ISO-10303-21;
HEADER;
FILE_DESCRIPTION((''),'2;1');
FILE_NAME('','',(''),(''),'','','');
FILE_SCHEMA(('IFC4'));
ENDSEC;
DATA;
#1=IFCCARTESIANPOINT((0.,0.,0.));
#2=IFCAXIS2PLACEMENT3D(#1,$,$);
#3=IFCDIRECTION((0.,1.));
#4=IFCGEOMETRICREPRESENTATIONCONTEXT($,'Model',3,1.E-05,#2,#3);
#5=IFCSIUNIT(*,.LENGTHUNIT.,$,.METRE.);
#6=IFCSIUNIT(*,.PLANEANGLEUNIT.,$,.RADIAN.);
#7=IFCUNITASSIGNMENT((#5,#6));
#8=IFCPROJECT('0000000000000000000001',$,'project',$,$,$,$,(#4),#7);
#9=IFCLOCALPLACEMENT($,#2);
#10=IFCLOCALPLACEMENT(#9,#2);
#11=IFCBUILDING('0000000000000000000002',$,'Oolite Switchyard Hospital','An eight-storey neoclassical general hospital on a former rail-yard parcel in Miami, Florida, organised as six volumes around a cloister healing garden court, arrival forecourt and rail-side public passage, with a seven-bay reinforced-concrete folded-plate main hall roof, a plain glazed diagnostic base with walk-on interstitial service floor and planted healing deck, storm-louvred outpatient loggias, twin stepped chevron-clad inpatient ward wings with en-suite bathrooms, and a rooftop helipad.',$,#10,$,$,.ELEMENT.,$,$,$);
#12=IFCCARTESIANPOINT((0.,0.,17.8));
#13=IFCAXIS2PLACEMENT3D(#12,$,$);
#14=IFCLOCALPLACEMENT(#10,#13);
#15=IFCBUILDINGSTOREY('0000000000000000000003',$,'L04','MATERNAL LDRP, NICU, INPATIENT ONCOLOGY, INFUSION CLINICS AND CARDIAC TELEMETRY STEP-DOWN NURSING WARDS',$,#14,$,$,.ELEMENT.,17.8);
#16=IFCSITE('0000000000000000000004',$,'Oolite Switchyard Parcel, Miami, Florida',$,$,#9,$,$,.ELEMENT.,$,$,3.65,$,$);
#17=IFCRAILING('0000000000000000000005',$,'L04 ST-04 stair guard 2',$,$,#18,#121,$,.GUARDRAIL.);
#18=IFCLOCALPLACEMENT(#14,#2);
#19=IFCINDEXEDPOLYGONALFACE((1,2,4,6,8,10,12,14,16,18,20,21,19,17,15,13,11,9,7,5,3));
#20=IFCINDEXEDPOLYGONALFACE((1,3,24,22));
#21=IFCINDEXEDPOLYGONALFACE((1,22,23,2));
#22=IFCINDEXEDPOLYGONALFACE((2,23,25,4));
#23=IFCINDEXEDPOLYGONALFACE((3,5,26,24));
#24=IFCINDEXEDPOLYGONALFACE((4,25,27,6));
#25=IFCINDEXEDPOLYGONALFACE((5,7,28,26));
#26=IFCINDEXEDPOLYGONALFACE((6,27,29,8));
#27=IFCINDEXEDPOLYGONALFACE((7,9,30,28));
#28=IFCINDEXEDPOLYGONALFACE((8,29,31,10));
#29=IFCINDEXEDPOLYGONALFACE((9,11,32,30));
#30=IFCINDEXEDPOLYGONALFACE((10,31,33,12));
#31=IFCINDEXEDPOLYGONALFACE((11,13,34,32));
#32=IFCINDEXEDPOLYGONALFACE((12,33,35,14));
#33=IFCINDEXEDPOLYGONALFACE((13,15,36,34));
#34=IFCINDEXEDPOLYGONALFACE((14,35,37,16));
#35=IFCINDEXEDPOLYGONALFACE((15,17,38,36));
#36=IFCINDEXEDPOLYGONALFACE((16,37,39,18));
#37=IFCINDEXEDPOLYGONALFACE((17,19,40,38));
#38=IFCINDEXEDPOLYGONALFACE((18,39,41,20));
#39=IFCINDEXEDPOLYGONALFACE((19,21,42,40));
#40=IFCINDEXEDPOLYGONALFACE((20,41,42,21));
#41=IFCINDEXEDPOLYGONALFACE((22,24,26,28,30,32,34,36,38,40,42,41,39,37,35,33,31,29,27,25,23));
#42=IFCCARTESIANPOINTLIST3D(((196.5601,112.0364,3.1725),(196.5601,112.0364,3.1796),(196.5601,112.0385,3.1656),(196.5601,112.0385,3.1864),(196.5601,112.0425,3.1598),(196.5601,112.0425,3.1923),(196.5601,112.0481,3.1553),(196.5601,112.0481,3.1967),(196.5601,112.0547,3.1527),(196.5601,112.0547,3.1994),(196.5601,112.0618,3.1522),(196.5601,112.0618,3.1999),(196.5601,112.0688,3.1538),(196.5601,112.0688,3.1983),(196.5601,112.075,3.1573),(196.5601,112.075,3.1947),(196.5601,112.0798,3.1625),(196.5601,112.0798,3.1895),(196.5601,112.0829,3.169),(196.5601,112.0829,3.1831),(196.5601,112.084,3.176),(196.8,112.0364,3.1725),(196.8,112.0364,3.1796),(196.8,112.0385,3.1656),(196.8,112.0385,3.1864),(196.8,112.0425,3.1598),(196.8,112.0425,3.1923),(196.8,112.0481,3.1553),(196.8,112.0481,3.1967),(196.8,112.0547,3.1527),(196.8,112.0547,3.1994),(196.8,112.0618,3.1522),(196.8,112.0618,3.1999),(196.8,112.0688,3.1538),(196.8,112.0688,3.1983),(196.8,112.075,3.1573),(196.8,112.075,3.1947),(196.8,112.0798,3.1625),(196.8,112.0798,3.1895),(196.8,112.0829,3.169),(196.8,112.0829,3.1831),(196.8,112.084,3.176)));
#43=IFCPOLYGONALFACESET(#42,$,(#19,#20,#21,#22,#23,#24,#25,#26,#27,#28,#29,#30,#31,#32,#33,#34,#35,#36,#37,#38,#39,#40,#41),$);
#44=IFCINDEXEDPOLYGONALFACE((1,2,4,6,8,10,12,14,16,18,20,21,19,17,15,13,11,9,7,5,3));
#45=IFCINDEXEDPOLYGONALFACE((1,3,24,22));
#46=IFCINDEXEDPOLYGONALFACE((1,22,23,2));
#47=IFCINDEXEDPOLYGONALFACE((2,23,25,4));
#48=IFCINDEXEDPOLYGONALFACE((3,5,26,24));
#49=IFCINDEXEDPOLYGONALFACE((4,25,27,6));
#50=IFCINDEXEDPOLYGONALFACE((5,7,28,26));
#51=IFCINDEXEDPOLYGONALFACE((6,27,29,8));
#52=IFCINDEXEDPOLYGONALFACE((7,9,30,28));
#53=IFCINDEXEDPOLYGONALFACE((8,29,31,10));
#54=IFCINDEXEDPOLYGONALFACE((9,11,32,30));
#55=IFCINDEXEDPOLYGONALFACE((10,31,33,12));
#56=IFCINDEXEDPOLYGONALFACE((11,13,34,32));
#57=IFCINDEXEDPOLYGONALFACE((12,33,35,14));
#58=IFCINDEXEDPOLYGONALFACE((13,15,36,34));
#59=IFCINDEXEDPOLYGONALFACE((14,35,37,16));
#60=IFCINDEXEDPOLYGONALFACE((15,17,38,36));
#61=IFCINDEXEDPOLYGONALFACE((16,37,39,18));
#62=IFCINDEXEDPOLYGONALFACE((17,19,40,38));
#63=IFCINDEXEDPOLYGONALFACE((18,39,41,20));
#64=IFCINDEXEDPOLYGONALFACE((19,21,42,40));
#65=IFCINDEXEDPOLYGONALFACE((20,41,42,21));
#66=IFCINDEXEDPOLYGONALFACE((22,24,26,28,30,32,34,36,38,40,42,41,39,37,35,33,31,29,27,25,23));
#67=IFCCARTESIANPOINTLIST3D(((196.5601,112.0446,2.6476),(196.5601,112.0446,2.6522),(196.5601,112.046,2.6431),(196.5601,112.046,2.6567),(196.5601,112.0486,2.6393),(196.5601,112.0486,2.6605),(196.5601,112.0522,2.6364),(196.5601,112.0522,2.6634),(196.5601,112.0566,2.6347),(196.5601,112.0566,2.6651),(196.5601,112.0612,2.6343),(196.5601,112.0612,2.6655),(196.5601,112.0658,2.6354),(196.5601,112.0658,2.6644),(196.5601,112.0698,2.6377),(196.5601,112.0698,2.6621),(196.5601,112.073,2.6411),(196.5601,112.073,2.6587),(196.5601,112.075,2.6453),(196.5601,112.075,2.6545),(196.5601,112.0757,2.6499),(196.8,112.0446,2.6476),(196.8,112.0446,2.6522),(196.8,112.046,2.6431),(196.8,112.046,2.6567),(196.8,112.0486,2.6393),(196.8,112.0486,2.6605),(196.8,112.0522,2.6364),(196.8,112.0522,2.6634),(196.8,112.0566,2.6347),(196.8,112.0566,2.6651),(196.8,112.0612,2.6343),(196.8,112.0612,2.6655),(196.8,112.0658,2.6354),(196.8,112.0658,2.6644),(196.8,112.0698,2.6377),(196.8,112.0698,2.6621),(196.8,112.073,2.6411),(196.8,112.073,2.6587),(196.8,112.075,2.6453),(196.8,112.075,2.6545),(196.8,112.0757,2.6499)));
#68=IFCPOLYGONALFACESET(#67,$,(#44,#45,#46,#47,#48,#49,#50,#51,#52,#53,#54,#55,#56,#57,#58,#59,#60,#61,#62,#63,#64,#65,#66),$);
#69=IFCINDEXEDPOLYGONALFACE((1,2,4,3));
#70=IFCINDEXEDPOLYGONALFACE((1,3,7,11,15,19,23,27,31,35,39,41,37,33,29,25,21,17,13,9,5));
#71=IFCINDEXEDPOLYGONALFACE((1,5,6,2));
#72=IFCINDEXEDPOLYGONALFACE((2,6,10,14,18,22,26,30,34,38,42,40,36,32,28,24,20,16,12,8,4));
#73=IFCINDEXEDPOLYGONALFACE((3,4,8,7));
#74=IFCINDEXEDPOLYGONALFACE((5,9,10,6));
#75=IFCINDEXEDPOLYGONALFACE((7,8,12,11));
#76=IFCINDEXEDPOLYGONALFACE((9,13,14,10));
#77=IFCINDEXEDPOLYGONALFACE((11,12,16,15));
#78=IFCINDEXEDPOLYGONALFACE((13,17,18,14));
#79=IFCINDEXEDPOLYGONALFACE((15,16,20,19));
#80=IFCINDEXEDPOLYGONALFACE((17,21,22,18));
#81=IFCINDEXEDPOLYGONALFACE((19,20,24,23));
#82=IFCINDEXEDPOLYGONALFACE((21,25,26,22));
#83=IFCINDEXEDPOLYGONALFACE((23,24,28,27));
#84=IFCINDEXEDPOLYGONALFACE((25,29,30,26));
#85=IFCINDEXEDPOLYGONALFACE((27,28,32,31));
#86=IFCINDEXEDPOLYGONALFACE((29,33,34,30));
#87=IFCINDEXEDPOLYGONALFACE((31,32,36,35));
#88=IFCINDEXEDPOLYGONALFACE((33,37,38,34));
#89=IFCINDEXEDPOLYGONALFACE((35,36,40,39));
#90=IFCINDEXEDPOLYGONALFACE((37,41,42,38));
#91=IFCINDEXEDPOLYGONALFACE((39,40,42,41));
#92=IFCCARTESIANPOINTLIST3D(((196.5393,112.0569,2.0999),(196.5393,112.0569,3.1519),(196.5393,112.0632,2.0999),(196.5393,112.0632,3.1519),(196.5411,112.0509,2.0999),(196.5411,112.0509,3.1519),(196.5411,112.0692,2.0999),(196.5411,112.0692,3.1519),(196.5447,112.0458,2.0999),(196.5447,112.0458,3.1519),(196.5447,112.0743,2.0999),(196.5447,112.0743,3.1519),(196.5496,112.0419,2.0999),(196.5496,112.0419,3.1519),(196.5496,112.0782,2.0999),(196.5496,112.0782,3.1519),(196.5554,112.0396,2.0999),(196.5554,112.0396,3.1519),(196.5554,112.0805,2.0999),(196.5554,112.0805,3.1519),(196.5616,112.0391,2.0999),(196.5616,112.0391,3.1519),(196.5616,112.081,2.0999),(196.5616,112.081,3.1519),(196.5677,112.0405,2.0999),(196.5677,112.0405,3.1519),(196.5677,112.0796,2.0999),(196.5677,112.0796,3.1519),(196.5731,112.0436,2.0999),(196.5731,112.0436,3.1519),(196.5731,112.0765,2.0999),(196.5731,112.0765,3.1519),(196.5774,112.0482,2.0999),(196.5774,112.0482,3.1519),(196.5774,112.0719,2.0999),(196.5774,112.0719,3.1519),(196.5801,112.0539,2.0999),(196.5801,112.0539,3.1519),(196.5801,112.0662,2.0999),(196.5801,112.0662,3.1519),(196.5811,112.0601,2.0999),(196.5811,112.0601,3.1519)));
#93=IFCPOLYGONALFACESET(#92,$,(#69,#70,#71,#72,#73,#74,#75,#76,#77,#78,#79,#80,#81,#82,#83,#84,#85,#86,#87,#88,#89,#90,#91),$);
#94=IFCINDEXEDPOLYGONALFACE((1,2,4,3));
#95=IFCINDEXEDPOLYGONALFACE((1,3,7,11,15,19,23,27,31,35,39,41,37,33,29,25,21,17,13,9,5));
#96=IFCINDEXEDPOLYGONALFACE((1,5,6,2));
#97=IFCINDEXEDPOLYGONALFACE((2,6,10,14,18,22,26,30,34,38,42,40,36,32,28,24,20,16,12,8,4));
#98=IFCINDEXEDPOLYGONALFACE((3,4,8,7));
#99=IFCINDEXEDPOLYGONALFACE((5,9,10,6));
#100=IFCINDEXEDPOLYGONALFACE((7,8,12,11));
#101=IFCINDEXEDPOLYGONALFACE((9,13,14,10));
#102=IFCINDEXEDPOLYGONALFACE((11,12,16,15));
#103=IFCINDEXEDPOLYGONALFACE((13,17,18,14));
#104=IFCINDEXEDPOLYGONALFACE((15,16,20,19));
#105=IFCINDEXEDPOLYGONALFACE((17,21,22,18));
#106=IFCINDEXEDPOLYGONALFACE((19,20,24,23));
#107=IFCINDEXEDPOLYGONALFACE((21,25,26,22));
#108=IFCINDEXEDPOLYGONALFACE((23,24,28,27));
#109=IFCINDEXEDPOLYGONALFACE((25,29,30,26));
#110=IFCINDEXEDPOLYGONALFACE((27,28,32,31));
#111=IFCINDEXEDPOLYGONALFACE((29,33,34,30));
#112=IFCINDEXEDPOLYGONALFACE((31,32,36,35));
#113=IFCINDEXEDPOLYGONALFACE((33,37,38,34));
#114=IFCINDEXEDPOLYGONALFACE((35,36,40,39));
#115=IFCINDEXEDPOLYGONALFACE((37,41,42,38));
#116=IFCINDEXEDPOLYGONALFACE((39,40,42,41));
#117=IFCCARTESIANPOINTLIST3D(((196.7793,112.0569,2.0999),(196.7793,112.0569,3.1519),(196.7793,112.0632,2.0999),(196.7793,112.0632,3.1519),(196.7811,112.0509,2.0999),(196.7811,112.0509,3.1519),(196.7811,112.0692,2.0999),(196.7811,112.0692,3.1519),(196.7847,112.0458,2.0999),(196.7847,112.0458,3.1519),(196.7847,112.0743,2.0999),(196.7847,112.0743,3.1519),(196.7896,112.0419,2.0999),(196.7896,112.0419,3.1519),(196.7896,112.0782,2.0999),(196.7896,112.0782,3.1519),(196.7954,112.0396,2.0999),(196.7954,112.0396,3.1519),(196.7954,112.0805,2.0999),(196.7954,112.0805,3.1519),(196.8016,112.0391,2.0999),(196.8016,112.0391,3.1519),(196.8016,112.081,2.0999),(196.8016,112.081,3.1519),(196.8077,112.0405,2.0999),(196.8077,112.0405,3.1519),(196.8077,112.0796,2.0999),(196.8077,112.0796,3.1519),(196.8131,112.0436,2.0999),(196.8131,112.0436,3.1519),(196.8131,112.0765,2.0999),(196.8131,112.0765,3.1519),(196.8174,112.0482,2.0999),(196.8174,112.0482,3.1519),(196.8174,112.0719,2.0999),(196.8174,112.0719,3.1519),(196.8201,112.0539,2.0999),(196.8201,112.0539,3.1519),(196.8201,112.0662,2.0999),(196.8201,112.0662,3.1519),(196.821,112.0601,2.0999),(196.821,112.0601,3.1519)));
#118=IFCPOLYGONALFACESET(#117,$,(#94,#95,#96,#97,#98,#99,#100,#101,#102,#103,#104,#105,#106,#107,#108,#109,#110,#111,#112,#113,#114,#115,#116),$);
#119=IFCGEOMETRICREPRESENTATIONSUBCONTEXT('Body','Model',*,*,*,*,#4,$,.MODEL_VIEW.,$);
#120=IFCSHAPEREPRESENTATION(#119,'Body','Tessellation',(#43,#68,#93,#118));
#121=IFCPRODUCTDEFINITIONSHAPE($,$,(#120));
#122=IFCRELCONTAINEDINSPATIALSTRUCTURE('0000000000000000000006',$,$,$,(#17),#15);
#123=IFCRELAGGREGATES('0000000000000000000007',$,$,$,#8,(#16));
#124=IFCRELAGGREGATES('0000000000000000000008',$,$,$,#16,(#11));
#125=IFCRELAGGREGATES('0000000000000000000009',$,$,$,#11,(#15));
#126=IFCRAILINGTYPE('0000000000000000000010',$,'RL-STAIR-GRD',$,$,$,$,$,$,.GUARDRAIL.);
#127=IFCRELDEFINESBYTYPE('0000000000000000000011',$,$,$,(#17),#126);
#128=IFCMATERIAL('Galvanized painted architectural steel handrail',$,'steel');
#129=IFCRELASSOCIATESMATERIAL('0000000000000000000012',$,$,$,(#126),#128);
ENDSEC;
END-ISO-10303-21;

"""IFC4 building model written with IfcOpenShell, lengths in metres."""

from ifc_helpers import new_model, si_unit, direction, frame, origin, origin_2d, place, context, subcontext, project, spatial, circle, extrude, material, type_object, element, save


model = new_model("IFC4")

# Units and contexts
model_context = context("Model", 3, precision=1e-05, world=origin(), true_north=direction((0.0, 1.0)))
body_context = subcontext(model_context, "Body", "Model", "MODEL_VIEW")
ifc_project = project(units=[si_unit("LENGTHUNIT", "METRE"), si_unit("PLANEANGLEUNIT", "RADIAN")], contexts=[model_context])

# Site, building, storey
site_placement = place(None, origin())
site = spatial("IfcSite", under=ifc_project, at=site_placement, Name="Oolite Switchyard Parcel, Miami, Florida", CompositionType="ELEMENT", RefElevation=3.65)
building_placement = place(site_placement, origin())
building = spatial("IfcBuilding", under=site, at=building_placement, Name="Oolite Switchyard Hospital", Description="An eight-storey neoclassical general hospital on a former rail-yard parcel in Miami, Florida, organised as six volumes around a cloister healing garden court, arrival forecourt and rail-side public passage, with a seven-bay reinforced-concrete folded-plate main hall roof, a plain glazed diagnostic base with walk-on interstitial service floor and planted healing deck, storm-louvred outpatient loggias, twin stepped chevron-clad inpatient ward wings with en-suite bathrooms, and a rooftop helipad.", CompositionType="ELEMENT")
storey_placement = place(building_placement, frame((0.0, 0.0, 17.8)))
storey = spatial("IfcBuildingStorey", under=building, at=storey_placement, Name="L04", Description="MATERNAL LDRP, NICU, INPATIENT ONCOLOGY, INFUSION CLINICS AND CARDIAC TELEMETRY STEP-DOWN NURSING WARDS", CompositionType="ELEMENT", Elevation=17.8)

# Railing
ifc_material_1 = material(Name="Galvanized painted architectural steel handrail", Category="steel")
railing_type_1 = type_object("IfcRailingType", Name="RL-STAIR-GRD", PredefinedType="GUARDRAIL", material=ifc_material_1)
railing_1_placement = place(storey_placement, frame((196.5601, 112.0601, 2.0999)))
element("IfcRailing", 1, at=railing_1_placement, inside=storey, type_object=railing_type_1, Name="L04 ST-04 stair guard 2", PredefinedType="GUARDRAIL", context=body_context, shape_type="SweptSolid", body=[
    extrude(circle(Radius=0.0239, at=origin_2d()), frame((0.0, 0.0, 1.0762), z_axis=(1.0, 0.0, 0.0), x_axis=(0.0, 1.0, 0.0)), (0.0, 0.0, 1.0), 0.24),
    extrude(circle(Radius=0.0156, at=origin_2d()), frame((0.0, 0.0, 0.55), z_axis=(1.0, 0.0, 0.0), x_axis=(0.0, 1.0, 0.0)), (0.0, 0.0, 1.0), 0.24),
    extrude(circle(Radius=0.021, at=origin_2d()), origin(), (0.0, 0.0, 1.0), 1.052),
    extrude(circle(Radius=0.021, at=origin_2d()), frame((0.24, 0.0, 0.0)), (0.0, 0.0, 1.0), 1.052),
])

save(model, "model.ifc")
